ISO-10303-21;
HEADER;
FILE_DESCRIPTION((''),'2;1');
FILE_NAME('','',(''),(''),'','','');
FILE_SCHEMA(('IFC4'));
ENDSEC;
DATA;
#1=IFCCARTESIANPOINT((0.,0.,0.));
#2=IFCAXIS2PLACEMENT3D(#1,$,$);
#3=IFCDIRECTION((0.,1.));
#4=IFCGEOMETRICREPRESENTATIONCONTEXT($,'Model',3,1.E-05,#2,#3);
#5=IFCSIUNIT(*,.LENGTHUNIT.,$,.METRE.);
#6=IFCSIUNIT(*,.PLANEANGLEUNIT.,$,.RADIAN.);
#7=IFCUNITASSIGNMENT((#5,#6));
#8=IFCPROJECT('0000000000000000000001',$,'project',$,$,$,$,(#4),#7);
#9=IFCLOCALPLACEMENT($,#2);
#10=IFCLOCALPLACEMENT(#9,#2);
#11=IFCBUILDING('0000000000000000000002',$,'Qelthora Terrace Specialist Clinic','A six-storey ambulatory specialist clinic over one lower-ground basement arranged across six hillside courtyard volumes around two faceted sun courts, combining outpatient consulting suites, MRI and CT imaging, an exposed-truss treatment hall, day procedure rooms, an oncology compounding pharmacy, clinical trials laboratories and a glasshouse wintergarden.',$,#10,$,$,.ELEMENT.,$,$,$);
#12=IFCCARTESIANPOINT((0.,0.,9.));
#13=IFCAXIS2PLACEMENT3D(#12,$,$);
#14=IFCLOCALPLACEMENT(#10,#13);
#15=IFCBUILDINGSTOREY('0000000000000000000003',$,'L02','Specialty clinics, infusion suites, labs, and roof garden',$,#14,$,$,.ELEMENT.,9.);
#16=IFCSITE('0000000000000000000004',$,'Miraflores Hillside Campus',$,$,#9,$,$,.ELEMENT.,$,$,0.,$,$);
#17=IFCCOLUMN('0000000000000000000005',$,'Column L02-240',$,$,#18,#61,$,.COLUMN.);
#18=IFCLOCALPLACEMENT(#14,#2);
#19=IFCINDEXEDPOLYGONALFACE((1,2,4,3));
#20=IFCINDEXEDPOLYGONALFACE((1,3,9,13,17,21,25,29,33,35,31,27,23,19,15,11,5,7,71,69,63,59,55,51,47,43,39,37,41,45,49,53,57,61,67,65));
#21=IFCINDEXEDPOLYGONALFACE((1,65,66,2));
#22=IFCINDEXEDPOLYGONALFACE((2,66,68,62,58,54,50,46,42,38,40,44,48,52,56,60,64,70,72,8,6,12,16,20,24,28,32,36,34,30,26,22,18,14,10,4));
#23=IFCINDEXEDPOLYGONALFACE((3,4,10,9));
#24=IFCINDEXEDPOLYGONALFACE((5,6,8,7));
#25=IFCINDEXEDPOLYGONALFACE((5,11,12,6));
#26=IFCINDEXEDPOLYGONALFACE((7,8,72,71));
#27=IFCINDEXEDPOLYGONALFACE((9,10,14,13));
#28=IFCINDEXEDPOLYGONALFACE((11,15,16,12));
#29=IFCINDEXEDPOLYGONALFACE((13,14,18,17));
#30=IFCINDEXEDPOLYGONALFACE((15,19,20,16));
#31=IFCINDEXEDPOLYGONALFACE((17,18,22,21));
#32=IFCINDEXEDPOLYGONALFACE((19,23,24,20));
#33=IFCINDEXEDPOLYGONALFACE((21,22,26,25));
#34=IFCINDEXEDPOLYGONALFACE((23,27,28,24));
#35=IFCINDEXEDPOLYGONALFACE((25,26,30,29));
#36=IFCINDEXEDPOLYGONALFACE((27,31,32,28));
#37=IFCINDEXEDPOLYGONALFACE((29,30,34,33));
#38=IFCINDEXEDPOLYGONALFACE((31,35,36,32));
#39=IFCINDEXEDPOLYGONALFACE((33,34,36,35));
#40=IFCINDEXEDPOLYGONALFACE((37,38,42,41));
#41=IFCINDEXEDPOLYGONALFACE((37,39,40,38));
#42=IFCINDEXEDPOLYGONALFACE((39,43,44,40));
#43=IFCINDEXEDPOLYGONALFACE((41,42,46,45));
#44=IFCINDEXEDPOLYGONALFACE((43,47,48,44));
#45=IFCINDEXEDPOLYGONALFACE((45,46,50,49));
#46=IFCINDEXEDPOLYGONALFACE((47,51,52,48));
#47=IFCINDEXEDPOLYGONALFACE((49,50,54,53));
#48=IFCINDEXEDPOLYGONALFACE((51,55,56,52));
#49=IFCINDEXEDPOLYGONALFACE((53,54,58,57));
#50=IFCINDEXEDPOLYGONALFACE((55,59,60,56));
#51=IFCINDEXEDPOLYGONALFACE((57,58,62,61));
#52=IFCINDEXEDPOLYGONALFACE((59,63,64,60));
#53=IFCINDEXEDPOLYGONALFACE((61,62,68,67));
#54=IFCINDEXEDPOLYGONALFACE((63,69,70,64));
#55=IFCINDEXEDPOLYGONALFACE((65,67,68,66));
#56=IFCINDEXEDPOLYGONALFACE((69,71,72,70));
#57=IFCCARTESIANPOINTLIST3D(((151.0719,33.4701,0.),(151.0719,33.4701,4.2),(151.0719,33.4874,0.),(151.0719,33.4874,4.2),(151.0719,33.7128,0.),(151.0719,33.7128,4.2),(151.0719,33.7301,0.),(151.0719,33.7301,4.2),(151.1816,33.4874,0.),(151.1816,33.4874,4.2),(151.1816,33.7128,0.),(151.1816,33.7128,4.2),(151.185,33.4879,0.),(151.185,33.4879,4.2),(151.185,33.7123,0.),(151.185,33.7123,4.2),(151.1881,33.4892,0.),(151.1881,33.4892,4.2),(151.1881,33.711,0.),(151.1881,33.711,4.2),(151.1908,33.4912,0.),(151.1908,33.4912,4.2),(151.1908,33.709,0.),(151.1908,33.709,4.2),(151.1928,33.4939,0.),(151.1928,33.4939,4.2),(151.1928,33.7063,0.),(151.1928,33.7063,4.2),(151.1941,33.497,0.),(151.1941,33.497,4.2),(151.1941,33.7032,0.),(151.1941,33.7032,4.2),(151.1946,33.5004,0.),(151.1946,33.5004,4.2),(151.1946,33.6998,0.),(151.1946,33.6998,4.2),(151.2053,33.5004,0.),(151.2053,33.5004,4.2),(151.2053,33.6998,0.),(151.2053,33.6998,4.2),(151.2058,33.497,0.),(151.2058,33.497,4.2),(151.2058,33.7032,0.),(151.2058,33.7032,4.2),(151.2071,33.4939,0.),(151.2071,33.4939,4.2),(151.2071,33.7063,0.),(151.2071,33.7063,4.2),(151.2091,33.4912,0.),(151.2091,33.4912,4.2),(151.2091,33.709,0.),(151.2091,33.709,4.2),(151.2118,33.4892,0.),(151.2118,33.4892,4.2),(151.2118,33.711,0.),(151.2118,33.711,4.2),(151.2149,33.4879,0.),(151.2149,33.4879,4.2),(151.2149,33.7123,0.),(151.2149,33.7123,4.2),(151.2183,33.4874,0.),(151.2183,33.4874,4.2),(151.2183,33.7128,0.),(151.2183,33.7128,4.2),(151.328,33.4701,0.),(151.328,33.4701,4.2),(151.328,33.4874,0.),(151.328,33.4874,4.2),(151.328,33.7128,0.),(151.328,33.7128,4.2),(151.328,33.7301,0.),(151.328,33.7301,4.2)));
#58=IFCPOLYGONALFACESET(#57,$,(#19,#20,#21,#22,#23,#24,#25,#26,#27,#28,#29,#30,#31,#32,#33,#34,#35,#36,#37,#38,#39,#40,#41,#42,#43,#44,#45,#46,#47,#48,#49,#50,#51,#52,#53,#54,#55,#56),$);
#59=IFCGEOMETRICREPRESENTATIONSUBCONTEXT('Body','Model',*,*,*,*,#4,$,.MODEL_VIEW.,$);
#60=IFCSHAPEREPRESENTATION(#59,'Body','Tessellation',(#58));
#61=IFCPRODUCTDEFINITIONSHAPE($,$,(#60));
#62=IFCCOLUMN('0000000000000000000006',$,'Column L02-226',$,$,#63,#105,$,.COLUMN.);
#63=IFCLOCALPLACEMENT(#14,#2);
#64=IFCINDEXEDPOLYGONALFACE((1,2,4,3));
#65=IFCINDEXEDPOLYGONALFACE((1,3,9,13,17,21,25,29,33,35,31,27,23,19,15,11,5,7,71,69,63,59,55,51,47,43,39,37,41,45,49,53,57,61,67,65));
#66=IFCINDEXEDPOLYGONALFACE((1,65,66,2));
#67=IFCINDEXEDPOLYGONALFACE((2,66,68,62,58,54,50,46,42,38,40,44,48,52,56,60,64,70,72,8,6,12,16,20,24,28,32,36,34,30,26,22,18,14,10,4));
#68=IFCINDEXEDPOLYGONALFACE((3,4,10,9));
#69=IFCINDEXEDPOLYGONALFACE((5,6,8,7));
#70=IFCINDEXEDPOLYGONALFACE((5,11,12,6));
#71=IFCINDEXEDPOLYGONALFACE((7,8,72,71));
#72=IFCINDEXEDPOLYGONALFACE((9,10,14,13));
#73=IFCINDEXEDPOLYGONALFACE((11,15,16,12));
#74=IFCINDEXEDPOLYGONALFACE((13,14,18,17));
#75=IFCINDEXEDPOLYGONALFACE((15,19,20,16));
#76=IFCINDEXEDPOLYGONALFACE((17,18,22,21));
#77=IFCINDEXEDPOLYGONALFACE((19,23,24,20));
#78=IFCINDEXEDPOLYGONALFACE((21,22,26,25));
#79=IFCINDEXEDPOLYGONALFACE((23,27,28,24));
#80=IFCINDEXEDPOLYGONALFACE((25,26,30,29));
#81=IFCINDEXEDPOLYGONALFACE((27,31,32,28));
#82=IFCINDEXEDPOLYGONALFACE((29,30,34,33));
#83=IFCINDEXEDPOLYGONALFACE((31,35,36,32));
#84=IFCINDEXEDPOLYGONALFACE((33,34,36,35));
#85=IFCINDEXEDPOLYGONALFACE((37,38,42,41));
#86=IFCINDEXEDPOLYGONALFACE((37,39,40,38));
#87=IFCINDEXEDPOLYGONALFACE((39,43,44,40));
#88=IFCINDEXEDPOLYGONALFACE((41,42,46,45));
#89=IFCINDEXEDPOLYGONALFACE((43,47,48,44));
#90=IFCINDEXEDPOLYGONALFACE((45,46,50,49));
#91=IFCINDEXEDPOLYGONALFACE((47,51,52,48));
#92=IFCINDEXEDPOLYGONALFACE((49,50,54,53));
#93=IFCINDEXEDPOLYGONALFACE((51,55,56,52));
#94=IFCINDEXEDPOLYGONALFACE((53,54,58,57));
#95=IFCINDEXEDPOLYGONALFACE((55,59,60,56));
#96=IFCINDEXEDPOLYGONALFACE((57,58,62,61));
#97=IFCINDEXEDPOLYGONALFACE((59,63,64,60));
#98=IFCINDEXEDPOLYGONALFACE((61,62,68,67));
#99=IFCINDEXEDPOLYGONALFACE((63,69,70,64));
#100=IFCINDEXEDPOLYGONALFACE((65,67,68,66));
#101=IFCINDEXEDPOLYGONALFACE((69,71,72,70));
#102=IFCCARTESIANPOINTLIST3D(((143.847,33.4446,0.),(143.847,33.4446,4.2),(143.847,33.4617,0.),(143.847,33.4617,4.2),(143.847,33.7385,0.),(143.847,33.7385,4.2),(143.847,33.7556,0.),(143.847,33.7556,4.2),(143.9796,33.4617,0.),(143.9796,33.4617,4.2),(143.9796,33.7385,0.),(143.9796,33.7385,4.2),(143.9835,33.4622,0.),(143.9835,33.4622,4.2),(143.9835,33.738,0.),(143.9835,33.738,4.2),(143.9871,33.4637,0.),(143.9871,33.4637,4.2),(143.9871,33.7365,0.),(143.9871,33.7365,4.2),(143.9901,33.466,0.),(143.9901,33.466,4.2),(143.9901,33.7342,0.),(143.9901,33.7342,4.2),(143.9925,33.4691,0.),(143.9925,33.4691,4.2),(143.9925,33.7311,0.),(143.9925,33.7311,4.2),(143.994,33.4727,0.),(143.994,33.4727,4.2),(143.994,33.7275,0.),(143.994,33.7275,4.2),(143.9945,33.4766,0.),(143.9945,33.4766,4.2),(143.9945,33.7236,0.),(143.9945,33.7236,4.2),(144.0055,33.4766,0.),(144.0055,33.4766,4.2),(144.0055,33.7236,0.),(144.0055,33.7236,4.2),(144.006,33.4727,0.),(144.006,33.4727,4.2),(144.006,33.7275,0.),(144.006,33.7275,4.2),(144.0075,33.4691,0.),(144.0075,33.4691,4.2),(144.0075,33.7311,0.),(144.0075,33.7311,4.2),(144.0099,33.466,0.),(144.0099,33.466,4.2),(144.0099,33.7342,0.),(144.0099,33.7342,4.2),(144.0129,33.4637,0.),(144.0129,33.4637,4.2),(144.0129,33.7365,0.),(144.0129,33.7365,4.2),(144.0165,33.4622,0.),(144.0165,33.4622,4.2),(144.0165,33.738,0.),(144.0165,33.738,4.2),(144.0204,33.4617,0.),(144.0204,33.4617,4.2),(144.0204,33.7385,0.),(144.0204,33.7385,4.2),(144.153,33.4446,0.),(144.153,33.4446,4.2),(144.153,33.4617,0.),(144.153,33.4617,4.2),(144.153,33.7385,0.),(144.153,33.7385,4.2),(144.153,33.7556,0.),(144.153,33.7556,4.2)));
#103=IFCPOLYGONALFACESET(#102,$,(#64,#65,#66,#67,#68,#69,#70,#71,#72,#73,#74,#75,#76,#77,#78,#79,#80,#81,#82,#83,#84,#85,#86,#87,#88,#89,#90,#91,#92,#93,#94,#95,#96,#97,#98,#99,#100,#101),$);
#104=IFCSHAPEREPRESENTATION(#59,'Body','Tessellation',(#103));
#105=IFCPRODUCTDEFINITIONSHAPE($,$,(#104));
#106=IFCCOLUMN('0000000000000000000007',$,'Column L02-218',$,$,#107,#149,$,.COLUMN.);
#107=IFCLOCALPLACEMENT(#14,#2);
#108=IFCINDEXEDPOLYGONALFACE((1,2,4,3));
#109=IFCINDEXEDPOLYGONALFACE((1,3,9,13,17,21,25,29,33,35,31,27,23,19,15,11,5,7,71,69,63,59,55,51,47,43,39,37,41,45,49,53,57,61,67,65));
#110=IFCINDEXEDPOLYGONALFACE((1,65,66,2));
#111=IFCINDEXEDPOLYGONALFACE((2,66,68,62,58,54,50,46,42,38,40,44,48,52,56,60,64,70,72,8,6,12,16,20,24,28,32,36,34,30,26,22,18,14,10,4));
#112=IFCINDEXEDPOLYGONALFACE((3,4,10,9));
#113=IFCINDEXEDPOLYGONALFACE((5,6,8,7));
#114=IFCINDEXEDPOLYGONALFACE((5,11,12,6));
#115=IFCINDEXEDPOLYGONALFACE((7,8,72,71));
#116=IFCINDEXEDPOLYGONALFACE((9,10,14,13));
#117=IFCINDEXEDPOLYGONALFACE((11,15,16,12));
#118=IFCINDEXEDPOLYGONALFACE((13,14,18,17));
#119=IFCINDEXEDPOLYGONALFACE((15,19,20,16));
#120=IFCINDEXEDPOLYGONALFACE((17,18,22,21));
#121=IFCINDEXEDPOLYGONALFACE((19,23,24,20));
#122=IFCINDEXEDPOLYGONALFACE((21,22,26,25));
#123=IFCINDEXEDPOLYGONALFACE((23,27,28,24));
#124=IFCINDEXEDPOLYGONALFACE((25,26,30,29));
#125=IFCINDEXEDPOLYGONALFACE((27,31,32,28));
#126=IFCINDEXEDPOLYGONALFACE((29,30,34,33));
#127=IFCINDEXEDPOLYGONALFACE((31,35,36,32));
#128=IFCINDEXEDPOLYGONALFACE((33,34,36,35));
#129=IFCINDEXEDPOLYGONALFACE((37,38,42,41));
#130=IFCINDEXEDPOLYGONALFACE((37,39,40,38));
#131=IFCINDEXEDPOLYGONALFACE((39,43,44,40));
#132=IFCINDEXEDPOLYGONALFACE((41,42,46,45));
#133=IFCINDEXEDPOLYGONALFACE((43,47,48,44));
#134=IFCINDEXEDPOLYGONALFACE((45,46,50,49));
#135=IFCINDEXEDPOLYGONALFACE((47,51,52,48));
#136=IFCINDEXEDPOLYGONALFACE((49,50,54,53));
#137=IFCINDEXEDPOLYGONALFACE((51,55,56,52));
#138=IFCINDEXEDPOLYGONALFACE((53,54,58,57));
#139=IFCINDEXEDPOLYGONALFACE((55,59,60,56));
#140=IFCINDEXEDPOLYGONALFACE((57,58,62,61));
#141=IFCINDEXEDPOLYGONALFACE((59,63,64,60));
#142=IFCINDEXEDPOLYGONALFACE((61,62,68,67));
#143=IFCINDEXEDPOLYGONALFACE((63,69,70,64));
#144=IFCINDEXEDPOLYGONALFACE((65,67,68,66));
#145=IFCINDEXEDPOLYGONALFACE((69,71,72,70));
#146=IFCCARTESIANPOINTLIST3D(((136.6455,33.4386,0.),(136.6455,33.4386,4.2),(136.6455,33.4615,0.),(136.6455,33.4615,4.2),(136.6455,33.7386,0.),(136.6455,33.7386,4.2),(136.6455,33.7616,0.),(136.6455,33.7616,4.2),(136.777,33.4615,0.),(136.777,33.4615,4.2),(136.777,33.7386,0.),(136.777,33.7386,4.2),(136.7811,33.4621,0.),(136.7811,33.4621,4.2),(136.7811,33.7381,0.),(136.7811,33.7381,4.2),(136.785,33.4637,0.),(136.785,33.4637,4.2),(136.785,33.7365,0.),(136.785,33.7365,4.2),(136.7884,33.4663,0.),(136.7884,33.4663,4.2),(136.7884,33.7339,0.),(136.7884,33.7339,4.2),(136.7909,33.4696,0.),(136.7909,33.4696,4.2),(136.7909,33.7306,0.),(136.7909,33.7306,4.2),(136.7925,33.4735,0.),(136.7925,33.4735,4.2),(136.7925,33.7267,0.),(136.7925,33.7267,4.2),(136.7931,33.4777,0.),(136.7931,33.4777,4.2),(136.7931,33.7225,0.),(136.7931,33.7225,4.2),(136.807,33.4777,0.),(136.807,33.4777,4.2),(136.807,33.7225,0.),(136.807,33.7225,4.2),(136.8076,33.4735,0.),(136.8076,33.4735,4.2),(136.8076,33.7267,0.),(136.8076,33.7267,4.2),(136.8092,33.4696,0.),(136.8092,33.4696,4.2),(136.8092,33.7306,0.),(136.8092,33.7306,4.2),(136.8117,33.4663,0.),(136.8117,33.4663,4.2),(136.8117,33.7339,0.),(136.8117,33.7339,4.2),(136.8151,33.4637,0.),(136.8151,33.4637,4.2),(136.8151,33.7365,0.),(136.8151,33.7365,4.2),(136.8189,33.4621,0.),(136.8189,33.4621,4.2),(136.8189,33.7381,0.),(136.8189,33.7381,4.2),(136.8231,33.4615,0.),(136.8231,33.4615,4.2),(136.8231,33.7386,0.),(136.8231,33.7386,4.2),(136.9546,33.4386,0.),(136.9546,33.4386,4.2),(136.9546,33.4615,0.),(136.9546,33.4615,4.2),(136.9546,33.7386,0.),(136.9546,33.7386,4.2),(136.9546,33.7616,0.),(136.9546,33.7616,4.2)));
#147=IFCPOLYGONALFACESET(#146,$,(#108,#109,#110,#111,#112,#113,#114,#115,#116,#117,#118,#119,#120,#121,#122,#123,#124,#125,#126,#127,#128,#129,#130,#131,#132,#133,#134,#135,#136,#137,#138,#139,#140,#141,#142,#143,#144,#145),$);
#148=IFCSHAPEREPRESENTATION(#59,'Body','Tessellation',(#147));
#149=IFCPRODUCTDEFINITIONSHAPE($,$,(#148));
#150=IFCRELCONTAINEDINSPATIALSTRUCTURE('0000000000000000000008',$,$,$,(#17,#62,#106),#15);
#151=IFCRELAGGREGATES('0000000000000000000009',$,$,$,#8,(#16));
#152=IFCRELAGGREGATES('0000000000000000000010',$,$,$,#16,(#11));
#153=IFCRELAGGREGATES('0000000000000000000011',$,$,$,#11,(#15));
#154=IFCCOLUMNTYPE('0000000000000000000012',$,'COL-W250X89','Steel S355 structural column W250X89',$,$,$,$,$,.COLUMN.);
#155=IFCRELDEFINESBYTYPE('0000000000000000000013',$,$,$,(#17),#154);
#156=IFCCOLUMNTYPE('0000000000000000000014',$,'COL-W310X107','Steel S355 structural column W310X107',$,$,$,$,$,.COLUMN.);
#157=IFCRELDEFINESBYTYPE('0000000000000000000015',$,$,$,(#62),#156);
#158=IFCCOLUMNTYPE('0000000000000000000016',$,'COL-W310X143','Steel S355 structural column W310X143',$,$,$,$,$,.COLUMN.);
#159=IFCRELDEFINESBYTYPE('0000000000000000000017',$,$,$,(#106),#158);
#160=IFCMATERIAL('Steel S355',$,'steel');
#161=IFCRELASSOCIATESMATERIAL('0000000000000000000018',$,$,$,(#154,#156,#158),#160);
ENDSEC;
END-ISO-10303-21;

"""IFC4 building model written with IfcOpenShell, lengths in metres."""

from ifc_helpers import new_model, si_unit, direction, frame, origin, origin_2d, place, context, subcontext, project, spatial, i_section, extrude, material, material_profile, profile_set, type_object, element, save


model = new_model("IFC4")

# Units and contexts
model_context = context("Model", 3, precision=1e-05, world=origin(), true_north=direction((0.0, 1.0)))
body_context = subcontext(model_context, "Body", "Model", "MODEL_VIEW")
ifc_project = project(units=[si_unit("LENGTHUNIT", "METRE"), si_unit("PLANEANGLEUNIT", "RADIAN")], contexts=[model_context])

# Site, building, storey
site_placement = place(None, origin())
site = spatial("IfcSite", under=ifc_project, at=site_placement, Name="Miraflores Hillside Campus", CompositionType="ELEMENT", RefElevation=0.0)
building_placement = place(site_placement, origin())
building = spatial("IfcBuilding", under=site, at=building_placement, Name="Qelthora Terrace Specialist Clinic", Description="A six-storey ambulatory specialist clinic over one lower-ground basement arranged across six hillside courtyard volumes around two faceted sun courts, combining outpatient consulting suites, MRI and CT imaging, an exposed-truss treatment hall, day procedure rooms, an oncology compounding pharmacy, clinical trials laboratories and a glasshouse wintergarden.", CompositionType="ELEMENT")
storey_placement = place(building_placement, frame((0.0, 0.0, 9.0)))
storey = spatial("IfcBuildingStorey", under=building, at=storey_placement, Name="L02", Description="Specialty clinics, infusion suites, labs, and roof garden", CompositionType="ELEMENT", Elevation=9.0)

# Columns
ifc_material_1 = material(Name="Steel S355", Category="steel")
ifc_material_profile_1 = material_profile(ifc_material_1, i_section(OverallWidth=0.2561, OverallDepth=0.26, WebThickness=0.0107, FlangeThickness=0.0173, FilletRadius=0.0129, at=origin_2d()), Name="W250X89")
ifc_profile_set_1 = profile_set([ifc_material_profile_1], Name="Steel S355")
column_type_1 = type_object("IfcColumnType", Name="COL-W250X89", Description="Steel S355 structural column W250X89", PredefinedType="COLUMN", material=ifc_profile_set_1)
column_1_placement = place(storey_placement, frame((151.2, 33.6001, 0.0), z_axis=(0.0, 0.0, 1.0), x_axis=(1.0, 0.0, 0.0)))
element("IfcColumn", 1, at=column_1_placement, inside=storey, type_object=column_type_1, Name="Column L02-240", PredefinedType="COLUMN", context=body_context, shape_type="SweptSolid", body=[
    extrude(i_section(OverallWidth=0.2561, OverallDepth=0.26, WebThickness=0.0107, FlangeThickness=0.0173, FilletRadius=0.0129, at=origin_2d()), origin(), (0.0, 0.0, 1.0), 4.2),
])
ifc_material_profile_2 = material_profile(ifc_material_1, i_section(OverallWidth=0.3059, OverallDepth=0.311, WebThickness=0.011, FlangeThickness=0.0171, FilletRadius=0.0149, at=origin_2d()), Name="W310X107")
ifc_profile_set_2 = profile_set([ifc_material_profile_2], Name="Steel S355")
column_type_2 = type_object("IfcColumnType", Name="COL-W310X107", Description="Steel S355 structural column W310X107", PredefinedType="COLUMN", material=ifc_profile_set_2)
column_2_placement = place(storey_placement, frame((144.0, 33.6001, 0.0), z_axis=(0.0, 0.0, 1.0), x_axis=(1.0, 0.0, 0.0)))
element("IfcColumn", 2, at=column_2_placement, inside=storey, type_object=column_type_2, Name="Column L02-226", PredefinedType="COLUMN", context=body_context, shape_type="SweptSolid", body=[
    extrude(i_section(OverallWidth=0.3059, OverallDepth=0.311, WebThickness=0.011, FlangeThickness=0.0171, FilletRadius=0.0149, at=origin_2d()), origin(), (0.0, 0.0, 1.0), 4.2),
])
ifc_material_profile_3 = material_profile(ifc_material_1, i_section(OverallWidth=0.3091, OverallDepth=0.323, WebThickness=0.0139, FlangeThickness=0.0229, FilletRadius=0.0161, at=origin_2d()), Name="W310X143")
ifc_profile_set_3 = profile_set([ifc_material_profile_3], Name="Steel S355")
column_type_3 = type_object("IfcColumnType", Name="COL-W310X143", Description="Steel S355 structural column W310X143", PredefinedType="COLUMN", material=ifc_profile_set_3)
column_3_placement = place(storey_placement, frame((136.8, 33.6001, 0.0), z_axis=(0.0, 0.0, 1.0), x_axis=(1.0, 0.0, 0.0)))
element("IfcColumn", 3, at=column_3_placement, inside=storey, type_object=column_type_3, Name="Column L02-218", PredefinedType="COLUMN", context=body_context, shape_type="SweptSolid", body=[
    extrude(i_section(OverallWidth=0.3091, OverallDepth=0.323, WebThickness=0.0139, FlangeThickness=0.0229, FilletRadius=0.0161, at=origin_2d()), origin(), (0.0, 0.0, 1.0), 4.2),
])

save(model, "model.ifc")
